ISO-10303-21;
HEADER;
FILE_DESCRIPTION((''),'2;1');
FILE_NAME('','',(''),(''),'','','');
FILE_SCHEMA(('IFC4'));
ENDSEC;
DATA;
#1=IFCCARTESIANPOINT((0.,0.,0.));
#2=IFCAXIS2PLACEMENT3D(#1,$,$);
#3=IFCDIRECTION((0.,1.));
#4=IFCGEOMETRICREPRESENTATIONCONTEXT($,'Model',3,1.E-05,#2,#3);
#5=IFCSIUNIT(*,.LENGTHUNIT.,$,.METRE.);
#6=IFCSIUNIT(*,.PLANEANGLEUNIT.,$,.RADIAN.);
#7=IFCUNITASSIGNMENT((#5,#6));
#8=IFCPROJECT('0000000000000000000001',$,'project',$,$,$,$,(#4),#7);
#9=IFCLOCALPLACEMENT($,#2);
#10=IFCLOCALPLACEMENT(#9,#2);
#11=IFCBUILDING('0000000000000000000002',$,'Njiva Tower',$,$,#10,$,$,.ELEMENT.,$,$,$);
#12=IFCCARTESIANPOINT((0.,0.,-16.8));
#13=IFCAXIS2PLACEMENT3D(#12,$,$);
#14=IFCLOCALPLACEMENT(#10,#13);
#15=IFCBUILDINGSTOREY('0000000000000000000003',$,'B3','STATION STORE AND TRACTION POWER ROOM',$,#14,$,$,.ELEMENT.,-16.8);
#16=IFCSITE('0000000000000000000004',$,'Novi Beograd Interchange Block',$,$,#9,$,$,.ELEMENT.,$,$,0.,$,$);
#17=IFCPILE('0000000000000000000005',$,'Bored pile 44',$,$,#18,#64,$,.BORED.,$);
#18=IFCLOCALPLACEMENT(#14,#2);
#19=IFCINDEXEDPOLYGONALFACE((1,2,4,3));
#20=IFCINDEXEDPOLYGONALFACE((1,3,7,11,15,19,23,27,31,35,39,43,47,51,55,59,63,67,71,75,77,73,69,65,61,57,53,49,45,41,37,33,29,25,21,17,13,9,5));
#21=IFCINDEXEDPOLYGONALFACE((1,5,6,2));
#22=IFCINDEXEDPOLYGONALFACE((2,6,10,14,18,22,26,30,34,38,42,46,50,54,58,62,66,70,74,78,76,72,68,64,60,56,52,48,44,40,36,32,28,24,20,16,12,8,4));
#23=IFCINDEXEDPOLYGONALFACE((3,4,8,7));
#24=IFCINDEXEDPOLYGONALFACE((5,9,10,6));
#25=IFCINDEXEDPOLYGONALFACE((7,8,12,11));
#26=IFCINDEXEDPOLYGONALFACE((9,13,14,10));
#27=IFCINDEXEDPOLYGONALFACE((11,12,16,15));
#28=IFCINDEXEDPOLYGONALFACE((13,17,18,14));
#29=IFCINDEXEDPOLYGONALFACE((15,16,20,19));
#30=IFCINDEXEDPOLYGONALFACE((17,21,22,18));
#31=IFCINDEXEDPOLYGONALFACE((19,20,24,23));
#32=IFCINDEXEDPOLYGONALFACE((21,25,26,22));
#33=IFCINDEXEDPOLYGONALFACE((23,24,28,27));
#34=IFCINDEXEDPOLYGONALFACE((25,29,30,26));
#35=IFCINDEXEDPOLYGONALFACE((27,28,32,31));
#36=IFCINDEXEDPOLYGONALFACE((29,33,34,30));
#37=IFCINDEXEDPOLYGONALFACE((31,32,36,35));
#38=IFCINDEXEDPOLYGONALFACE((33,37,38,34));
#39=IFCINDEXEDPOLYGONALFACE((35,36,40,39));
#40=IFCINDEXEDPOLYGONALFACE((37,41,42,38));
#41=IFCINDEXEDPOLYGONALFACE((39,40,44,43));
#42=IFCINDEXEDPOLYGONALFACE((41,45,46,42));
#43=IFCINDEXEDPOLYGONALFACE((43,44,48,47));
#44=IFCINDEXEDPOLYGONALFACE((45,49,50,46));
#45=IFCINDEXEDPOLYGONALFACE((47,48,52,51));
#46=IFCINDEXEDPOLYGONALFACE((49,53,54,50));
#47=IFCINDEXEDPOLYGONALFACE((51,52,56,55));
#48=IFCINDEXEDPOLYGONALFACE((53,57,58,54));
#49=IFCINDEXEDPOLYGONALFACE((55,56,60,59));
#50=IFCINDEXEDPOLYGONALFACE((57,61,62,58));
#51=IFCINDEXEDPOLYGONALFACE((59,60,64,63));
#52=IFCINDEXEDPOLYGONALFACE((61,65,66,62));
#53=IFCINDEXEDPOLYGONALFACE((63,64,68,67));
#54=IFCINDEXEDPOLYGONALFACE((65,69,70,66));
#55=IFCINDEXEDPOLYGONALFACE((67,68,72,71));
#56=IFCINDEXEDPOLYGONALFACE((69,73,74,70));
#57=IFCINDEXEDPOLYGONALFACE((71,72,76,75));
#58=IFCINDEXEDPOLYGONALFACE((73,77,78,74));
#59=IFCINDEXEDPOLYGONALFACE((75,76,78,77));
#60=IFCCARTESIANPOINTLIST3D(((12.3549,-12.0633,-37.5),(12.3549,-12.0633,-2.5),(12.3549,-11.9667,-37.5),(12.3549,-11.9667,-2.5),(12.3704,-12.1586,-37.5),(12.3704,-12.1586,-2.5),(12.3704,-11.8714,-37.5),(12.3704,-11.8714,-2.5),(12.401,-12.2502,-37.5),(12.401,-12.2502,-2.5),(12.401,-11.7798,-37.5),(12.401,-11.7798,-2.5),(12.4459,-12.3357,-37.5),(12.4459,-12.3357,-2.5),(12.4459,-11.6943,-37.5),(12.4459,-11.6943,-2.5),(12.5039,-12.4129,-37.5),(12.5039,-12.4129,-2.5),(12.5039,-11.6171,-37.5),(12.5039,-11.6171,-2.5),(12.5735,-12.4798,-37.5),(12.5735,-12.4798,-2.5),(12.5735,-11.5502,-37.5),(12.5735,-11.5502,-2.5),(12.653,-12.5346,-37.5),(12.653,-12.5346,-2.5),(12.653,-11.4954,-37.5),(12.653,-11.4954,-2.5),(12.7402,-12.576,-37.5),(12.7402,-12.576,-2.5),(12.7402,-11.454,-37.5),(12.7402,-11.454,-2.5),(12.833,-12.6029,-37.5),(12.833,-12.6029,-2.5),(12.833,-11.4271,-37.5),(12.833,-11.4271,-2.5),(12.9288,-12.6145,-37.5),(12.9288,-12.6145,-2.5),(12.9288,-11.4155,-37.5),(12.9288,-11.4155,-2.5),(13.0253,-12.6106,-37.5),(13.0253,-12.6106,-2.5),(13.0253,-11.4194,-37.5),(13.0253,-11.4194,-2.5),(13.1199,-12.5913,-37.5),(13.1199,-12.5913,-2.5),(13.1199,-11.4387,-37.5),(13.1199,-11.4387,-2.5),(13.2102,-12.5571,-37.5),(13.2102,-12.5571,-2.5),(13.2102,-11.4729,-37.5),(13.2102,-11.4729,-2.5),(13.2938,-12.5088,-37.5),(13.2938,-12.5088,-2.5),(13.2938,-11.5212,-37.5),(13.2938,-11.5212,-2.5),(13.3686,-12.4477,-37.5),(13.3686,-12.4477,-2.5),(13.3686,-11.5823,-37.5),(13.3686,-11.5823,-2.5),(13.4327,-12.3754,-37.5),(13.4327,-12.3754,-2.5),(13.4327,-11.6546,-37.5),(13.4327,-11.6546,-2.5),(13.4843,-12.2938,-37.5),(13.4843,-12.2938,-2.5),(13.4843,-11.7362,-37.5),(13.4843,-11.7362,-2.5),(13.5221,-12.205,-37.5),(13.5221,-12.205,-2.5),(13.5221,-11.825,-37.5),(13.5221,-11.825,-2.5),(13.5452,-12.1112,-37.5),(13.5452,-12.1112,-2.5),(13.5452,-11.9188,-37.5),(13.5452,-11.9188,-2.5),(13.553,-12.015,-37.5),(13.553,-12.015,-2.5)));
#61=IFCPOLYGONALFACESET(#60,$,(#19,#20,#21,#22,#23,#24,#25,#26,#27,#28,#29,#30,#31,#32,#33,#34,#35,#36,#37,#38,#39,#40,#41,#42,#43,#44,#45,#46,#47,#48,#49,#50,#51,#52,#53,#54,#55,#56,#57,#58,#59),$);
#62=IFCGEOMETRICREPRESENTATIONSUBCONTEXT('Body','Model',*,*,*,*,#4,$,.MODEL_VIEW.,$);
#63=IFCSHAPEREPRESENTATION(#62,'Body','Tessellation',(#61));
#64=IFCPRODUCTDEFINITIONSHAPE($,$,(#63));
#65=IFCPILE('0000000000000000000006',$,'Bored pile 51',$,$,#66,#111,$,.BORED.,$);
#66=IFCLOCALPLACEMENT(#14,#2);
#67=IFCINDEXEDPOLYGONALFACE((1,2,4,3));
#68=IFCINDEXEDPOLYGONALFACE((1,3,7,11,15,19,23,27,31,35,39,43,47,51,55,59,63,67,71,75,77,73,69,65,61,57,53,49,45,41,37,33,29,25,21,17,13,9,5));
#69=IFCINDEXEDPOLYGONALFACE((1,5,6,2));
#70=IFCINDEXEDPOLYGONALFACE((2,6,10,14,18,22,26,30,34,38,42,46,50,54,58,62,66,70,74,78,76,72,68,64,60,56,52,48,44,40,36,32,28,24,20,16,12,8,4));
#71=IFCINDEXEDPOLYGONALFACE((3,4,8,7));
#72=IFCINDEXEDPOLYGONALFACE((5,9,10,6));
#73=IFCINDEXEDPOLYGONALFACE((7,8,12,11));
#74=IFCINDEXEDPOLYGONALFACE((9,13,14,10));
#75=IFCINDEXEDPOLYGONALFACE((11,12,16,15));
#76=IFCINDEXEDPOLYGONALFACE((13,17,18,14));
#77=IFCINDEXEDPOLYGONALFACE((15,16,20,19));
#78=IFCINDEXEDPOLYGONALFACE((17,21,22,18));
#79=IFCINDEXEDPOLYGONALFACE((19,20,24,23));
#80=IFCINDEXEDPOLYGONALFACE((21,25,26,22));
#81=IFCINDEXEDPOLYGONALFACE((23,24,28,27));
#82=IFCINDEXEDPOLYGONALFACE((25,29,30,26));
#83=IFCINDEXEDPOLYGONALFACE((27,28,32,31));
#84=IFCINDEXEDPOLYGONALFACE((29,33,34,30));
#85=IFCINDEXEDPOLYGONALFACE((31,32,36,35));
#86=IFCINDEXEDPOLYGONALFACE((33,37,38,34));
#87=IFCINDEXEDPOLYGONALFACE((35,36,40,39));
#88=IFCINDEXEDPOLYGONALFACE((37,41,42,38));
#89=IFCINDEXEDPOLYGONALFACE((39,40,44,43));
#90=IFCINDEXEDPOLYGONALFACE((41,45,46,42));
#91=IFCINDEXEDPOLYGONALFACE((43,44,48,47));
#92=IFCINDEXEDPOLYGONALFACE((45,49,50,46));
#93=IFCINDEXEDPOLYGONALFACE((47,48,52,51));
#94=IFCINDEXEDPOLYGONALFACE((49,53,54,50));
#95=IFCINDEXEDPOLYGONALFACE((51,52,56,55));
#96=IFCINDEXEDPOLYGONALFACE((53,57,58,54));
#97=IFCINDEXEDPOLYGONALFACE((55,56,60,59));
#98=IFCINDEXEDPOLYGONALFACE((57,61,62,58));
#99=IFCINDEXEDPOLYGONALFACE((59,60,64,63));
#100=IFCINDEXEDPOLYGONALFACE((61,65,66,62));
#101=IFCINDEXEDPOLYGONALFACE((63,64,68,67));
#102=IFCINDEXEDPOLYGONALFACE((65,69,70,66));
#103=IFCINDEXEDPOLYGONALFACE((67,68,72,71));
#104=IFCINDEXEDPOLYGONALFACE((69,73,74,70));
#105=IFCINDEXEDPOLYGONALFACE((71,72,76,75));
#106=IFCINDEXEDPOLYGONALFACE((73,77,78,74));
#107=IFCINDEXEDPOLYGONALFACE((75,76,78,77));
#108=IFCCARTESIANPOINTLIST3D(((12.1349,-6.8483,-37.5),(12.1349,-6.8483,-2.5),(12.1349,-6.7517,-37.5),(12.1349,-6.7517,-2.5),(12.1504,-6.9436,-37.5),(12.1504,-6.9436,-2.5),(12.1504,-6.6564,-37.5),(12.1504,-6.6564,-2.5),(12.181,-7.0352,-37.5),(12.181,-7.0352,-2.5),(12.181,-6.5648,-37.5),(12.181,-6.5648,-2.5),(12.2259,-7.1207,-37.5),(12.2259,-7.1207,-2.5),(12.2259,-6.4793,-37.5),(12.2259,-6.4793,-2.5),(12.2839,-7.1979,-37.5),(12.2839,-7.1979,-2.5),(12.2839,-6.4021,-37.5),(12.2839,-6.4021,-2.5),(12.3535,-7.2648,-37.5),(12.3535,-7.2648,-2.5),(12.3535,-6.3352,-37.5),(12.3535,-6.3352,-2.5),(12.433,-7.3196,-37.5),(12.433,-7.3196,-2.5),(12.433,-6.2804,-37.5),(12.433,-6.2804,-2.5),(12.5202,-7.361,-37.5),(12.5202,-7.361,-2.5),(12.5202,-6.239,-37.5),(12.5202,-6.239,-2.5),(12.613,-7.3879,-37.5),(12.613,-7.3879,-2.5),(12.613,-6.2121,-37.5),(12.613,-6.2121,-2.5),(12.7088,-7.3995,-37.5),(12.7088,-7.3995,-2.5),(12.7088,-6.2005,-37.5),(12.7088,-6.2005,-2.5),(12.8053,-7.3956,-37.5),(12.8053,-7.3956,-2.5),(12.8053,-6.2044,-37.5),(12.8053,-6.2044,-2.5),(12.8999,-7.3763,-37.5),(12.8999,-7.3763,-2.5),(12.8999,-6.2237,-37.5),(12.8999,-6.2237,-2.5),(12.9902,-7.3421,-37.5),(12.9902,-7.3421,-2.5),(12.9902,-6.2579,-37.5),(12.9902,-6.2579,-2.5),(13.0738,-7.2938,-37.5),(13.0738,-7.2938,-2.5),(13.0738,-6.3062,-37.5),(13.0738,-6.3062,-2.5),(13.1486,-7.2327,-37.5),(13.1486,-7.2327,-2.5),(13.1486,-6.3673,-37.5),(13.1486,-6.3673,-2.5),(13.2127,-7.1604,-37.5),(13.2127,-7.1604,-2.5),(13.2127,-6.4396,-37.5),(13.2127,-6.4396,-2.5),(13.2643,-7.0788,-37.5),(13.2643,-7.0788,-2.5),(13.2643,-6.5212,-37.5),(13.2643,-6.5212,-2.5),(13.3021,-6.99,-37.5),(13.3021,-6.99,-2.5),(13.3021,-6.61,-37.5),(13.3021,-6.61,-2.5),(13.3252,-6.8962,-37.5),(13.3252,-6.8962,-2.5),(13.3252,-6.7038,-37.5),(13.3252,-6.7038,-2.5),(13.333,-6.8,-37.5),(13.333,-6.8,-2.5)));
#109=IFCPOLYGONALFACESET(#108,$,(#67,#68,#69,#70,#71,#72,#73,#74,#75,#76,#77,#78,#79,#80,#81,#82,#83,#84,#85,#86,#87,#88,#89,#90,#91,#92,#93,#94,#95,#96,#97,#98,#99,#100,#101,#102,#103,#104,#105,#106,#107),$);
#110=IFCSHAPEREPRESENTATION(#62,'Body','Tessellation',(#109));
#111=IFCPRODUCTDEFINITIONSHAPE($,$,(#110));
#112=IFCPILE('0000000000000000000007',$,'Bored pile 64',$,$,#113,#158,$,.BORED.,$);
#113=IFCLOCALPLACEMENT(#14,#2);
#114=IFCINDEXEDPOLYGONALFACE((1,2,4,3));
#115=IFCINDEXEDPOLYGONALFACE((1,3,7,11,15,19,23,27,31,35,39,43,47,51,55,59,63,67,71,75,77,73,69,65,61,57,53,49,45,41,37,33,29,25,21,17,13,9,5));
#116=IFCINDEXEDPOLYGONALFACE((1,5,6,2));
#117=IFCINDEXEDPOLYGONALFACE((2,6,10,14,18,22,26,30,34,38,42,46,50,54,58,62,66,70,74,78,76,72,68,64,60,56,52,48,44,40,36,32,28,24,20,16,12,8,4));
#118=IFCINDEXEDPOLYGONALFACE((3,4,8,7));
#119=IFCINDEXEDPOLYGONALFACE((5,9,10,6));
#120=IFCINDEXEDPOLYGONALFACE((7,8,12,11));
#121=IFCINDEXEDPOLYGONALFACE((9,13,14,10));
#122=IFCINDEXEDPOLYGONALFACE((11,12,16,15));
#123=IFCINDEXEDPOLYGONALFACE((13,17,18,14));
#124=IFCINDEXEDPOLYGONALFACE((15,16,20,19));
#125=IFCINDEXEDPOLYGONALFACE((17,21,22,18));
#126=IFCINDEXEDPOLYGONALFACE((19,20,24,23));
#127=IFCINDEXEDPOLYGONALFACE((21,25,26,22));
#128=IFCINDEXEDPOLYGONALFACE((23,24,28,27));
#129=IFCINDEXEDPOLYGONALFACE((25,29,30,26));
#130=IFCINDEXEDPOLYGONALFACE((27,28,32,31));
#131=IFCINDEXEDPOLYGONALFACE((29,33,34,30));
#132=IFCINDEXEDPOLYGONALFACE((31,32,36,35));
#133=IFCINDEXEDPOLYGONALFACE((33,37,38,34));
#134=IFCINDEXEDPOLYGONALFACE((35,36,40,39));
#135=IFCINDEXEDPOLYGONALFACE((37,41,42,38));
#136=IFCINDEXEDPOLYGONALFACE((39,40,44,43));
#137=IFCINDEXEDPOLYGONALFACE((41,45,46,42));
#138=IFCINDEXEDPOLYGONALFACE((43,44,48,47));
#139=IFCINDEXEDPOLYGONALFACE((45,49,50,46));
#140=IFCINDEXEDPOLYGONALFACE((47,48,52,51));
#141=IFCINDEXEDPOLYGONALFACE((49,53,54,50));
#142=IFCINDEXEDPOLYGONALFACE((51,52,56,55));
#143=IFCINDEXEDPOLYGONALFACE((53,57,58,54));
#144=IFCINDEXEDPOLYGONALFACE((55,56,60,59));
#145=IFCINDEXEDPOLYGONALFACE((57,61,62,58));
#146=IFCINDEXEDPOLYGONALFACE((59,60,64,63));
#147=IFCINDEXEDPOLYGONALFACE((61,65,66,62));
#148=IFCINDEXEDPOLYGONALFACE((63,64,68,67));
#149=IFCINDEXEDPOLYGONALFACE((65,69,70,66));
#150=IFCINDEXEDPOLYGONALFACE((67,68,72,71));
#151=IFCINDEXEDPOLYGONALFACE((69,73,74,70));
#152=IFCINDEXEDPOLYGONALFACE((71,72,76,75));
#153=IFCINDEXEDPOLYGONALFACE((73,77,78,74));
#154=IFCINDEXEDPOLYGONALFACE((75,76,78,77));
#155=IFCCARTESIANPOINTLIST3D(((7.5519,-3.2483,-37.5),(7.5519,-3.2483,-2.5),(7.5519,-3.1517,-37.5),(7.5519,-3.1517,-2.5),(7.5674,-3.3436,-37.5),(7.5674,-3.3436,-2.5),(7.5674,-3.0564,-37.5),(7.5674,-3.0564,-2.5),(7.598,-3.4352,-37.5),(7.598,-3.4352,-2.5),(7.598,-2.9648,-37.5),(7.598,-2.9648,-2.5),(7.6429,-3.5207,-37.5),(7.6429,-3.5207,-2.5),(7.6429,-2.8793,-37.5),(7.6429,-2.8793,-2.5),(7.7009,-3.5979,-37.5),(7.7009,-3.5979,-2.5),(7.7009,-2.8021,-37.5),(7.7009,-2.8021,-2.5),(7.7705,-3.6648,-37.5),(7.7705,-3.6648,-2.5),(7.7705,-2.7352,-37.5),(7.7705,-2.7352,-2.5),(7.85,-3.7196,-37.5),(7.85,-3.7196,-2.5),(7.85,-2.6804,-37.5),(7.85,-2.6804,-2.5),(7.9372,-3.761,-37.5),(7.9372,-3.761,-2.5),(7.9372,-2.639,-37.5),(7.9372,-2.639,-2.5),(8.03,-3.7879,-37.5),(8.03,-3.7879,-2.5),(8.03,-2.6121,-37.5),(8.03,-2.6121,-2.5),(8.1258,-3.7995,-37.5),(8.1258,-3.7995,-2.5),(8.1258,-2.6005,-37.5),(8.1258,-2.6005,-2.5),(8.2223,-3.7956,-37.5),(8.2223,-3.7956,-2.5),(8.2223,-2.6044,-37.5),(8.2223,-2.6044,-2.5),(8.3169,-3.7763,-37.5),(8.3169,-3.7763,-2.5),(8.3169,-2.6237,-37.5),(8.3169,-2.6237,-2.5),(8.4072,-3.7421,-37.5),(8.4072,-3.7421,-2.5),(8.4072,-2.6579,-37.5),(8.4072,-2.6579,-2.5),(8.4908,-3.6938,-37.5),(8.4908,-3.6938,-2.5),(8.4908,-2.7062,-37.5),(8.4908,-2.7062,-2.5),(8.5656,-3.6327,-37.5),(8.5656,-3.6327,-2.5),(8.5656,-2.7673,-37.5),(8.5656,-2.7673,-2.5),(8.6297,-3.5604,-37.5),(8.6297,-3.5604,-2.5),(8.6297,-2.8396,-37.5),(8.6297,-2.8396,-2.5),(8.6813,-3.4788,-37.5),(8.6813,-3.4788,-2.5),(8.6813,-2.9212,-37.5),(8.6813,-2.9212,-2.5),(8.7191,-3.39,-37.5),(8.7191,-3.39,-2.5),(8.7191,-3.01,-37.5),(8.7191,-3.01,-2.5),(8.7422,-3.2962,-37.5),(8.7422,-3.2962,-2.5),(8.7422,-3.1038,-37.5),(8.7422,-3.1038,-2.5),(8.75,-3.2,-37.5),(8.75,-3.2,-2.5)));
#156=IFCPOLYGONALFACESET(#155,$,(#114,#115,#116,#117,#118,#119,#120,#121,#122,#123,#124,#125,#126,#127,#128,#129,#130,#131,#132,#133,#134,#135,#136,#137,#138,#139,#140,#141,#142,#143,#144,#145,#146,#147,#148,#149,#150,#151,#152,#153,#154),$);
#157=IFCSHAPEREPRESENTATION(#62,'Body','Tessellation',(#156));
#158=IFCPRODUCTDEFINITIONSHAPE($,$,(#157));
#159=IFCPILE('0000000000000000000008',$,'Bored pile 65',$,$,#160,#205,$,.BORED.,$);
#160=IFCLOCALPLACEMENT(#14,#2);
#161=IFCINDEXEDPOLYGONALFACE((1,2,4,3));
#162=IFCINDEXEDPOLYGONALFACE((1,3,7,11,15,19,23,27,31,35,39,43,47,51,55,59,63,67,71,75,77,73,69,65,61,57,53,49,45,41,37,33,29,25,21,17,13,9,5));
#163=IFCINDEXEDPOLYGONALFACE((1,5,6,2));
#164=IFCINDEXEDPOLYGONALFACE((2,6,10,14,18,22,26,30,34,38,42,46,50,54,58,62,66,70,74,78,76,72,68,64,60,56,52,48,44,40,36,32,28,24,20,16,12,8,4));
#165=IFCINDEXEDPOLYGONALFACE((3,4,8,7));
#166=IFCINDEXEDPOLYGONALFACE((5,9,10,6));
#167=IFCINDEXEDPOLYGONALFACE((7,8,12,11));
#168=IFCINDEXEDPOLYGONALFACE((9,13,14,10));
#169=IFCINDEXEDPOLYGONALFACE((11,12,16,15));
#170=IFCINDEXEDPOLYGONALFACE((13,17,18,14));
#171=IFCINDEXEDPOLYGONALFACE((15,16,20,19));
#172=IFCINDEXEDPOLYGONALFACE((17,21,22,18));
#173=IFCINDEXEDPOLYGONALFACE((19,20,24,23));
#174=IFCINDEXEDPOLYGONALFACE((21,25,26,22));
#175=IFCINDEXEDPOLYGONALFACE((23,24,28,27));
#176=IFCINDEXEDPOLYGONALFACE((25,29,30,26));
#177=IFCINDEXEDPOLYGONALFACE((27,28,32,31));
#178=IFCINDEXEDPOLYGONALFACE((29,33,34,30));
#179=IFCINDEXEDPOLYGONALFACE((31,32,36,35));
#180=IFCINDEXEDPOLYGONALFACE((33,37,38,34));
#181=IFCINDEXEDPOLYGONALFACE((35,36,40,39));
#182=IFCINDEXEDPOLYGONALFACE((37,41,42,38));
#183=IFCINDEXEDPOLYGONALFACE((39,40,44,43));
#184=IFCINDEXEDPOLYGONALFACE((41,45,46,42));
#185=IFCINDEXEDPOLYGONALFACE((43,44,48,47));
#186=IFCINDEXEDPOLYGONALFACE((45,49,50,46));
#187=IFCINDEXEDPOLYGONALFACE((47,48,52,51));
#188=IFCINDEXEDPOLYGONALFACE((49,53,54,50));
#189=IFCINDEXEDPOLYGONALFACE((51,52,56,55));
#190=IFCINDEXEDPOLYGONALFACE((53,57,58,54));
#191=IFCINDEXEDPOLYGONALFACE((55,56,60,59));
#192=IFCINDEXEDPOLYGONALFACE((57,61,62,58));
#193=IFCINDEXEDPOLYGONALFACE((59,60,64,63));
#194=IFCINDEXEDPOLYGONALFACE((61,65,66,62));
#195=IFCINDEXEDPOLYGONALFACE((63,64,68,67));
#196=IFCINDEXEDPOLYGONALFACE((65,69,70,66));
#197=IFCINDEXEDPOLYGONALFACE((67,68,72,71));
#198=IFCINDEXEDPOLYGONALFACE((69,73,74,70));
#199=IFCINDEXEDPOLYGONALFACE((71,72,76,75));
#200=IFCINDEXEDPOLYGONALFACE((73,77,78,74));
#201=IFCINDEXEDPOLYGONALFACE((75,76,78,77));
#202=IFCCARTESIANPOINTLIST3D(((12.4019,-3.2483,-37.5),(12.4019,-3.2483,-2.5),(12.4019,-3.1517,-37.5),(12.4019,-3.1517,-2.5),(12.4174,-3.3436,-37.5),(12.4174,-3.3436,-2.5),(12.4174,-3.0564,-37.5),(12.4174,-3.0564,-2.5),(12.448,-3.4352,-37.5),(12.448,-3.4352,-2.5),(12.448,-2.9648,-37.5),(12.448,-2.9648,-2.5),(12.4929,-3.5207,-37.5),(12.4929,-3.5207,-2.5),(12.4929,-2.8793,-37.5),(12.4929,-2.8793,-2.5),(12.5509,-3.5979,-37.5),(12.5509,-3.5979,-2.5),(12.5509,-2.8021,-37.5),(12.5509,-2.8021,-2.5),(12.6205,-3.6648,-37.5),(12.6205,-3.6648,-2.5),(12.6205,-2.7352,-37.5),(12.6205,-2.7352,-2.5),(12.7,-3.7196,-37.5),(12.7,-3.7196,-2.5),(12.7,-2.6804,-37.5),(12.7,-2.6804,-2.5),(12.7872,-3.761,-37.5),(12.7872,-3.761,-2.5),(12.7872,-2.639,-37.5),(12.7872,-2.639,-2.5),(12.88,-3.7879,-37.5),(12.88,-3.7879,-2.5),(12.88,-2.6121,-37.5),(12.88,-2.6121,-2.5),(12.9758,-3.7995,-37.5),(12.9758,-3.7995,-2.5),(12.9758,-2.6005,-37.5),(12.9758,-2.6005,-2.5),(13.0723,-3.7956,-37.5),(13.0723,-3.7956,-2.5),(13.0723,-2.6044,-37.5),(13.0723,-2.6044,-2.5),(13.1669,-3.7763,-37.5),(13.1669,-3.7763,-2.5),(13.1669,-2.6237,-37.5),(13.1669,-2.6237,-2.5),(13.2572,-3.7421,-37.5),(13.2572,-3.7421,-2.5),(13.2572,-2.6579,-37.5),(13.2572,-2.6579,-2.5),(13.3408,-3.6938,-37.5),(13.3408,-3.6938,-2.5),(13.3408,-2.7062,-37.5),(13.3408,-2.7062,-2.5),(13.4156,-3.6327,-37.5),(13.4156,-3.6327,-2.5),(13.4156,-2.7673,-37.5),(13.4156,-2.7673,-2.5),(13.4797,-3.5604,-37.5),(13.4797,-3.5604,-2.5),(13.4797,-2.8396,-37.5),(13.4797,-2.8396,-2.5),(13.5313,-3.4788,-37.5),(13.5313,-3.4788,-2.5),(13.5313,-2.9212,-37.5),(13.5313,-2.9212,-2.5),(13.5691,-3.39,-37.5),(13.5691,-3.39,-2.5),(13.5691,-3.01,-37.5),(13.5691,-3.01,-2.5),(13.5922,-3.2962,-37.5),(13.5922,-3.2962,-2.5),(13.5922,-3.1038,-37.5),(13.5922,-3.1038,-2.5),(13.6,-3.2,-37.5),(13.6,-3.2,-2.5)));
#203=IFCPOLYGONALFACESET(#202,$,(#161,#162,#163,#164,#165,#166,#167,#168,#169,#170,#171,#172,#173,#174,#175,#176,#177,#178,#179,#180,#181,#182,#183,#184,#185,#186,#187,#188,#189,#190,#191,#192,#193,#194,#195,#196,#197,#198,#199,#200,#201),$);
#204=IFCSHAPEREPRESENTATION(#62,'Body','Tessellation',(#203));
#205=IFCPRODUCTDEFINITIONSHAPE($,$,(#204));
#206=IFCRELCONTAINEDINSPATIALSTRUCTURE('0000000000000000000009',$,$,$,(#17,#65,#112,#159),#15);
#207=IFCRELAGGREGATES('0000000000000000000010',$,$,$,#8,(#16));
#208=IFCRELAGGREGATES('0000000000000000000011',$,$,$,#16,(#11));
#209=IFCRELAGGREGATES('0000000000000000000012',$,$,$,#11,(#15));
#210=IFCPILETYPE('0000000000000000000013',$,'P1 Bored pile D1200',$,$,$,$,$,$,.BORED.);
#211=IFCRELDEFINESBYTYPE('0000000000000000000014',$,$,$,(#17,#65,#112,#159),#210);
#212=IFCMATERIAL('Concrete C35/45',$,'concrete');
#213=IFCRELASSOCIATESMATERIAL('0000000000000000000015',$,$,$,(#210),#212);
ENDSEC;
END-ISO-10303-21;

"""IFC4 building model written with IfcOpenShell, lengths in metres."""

from ifc_helpers import new_model, si_unit, direction, frame, origin, origin_2d, place, context, subcontext, project, spatial, circle, extrude, material, material_profile, profile_set, type_object, element, save


model = new_model("IFC4")

# Units and contexts
model_context = context("Model", 3, precision=1e-05, world=origin(), true_north=direction((0.0, 1.0)))
body_context = subcontext(model_context, "Body", "Model", "MODEL_VIEW")
ifc_project = project(units=[si_unit("LENGTHUNIT", "METRE"), si_unit("PLANEANGLEUNIT", "RADIAN")], contexts=[model_context])

# Site, building, storey
site_placement = place(None, origin())
site = spatial("IfcSite", under=ifc_project, at=site_placement, Name="Novi Beograd Interchange Block", CompositionType="ELEMENT", RefElevation=0.0)
building_placement = place(site_placement, origin())
building = spatial("IfcBuilding", under=site, at=building_placement, Name="Njiva Tower", CompositionType="ELEMENT")
storey_placement = place(building_placement, frame((0.0, 0.0, -16.8)))
storey = spatial("IfcBuildingStorey", under=building, at=storey_placement, Name="B3", Description="STATION STORE AND TRACTION POWER ROOM", CompositionType="ELEMENT", Elevation=-16.8)

# Piles
ifc_material_1 = material(Name="Concrete C35/45", Category="concrete")
ifc_material_profile_1 = material_profile(ifc_material_1, circle(Radius=0.6, at=origin_2d()), Name="D1200")
ifc_profile_set_1 = profile_set([ifc_material_profile_1], Name="Concrete C35/45")
pile_type = type_object("IfcPileType", Name="P1 Bored pile D1200", PredefinedType="BORED", material=ifc_profile_set_1)
for number, where, z_axis, x_axis, name in (
    (1, (12.953, -12.015, -2.5), (0.0, 0.0, -1.0), (1.0, 0.0, 0.0), "Bored pile 44"),
    (2, (12.733, -6.8, -2.5), (0.0, 0.0, -1.0), (1.0, 0.0, 0.0), "Bored pile 51"),
    (3, (8.15, -3.2, -2.5), (0.0, 0.0, -1.0), (1.0, 0.0, 0.0), "Bored pile 64"),
    (4, (13.0, -3.2, -2.5), (0.0, 0.0, -1.0), (1.0, 0.0, 0.0), "Bored pile 65"),
):
    element("IfcPile", number, at=place(storey_placement, frame(where, z_axis=z_axis, x_axis=x_axis)), inside=storey, type_object=pile_type, Name=name, PredefinedType="BORED", context=body_context, shape_type="SweptSolid", body=[
        extrude(circle(Radius=0.6, at=origin_2d()), origin(), (0.0, 0.0, 1.0), 35.0),
    ])

save(model, "model.ifc")
